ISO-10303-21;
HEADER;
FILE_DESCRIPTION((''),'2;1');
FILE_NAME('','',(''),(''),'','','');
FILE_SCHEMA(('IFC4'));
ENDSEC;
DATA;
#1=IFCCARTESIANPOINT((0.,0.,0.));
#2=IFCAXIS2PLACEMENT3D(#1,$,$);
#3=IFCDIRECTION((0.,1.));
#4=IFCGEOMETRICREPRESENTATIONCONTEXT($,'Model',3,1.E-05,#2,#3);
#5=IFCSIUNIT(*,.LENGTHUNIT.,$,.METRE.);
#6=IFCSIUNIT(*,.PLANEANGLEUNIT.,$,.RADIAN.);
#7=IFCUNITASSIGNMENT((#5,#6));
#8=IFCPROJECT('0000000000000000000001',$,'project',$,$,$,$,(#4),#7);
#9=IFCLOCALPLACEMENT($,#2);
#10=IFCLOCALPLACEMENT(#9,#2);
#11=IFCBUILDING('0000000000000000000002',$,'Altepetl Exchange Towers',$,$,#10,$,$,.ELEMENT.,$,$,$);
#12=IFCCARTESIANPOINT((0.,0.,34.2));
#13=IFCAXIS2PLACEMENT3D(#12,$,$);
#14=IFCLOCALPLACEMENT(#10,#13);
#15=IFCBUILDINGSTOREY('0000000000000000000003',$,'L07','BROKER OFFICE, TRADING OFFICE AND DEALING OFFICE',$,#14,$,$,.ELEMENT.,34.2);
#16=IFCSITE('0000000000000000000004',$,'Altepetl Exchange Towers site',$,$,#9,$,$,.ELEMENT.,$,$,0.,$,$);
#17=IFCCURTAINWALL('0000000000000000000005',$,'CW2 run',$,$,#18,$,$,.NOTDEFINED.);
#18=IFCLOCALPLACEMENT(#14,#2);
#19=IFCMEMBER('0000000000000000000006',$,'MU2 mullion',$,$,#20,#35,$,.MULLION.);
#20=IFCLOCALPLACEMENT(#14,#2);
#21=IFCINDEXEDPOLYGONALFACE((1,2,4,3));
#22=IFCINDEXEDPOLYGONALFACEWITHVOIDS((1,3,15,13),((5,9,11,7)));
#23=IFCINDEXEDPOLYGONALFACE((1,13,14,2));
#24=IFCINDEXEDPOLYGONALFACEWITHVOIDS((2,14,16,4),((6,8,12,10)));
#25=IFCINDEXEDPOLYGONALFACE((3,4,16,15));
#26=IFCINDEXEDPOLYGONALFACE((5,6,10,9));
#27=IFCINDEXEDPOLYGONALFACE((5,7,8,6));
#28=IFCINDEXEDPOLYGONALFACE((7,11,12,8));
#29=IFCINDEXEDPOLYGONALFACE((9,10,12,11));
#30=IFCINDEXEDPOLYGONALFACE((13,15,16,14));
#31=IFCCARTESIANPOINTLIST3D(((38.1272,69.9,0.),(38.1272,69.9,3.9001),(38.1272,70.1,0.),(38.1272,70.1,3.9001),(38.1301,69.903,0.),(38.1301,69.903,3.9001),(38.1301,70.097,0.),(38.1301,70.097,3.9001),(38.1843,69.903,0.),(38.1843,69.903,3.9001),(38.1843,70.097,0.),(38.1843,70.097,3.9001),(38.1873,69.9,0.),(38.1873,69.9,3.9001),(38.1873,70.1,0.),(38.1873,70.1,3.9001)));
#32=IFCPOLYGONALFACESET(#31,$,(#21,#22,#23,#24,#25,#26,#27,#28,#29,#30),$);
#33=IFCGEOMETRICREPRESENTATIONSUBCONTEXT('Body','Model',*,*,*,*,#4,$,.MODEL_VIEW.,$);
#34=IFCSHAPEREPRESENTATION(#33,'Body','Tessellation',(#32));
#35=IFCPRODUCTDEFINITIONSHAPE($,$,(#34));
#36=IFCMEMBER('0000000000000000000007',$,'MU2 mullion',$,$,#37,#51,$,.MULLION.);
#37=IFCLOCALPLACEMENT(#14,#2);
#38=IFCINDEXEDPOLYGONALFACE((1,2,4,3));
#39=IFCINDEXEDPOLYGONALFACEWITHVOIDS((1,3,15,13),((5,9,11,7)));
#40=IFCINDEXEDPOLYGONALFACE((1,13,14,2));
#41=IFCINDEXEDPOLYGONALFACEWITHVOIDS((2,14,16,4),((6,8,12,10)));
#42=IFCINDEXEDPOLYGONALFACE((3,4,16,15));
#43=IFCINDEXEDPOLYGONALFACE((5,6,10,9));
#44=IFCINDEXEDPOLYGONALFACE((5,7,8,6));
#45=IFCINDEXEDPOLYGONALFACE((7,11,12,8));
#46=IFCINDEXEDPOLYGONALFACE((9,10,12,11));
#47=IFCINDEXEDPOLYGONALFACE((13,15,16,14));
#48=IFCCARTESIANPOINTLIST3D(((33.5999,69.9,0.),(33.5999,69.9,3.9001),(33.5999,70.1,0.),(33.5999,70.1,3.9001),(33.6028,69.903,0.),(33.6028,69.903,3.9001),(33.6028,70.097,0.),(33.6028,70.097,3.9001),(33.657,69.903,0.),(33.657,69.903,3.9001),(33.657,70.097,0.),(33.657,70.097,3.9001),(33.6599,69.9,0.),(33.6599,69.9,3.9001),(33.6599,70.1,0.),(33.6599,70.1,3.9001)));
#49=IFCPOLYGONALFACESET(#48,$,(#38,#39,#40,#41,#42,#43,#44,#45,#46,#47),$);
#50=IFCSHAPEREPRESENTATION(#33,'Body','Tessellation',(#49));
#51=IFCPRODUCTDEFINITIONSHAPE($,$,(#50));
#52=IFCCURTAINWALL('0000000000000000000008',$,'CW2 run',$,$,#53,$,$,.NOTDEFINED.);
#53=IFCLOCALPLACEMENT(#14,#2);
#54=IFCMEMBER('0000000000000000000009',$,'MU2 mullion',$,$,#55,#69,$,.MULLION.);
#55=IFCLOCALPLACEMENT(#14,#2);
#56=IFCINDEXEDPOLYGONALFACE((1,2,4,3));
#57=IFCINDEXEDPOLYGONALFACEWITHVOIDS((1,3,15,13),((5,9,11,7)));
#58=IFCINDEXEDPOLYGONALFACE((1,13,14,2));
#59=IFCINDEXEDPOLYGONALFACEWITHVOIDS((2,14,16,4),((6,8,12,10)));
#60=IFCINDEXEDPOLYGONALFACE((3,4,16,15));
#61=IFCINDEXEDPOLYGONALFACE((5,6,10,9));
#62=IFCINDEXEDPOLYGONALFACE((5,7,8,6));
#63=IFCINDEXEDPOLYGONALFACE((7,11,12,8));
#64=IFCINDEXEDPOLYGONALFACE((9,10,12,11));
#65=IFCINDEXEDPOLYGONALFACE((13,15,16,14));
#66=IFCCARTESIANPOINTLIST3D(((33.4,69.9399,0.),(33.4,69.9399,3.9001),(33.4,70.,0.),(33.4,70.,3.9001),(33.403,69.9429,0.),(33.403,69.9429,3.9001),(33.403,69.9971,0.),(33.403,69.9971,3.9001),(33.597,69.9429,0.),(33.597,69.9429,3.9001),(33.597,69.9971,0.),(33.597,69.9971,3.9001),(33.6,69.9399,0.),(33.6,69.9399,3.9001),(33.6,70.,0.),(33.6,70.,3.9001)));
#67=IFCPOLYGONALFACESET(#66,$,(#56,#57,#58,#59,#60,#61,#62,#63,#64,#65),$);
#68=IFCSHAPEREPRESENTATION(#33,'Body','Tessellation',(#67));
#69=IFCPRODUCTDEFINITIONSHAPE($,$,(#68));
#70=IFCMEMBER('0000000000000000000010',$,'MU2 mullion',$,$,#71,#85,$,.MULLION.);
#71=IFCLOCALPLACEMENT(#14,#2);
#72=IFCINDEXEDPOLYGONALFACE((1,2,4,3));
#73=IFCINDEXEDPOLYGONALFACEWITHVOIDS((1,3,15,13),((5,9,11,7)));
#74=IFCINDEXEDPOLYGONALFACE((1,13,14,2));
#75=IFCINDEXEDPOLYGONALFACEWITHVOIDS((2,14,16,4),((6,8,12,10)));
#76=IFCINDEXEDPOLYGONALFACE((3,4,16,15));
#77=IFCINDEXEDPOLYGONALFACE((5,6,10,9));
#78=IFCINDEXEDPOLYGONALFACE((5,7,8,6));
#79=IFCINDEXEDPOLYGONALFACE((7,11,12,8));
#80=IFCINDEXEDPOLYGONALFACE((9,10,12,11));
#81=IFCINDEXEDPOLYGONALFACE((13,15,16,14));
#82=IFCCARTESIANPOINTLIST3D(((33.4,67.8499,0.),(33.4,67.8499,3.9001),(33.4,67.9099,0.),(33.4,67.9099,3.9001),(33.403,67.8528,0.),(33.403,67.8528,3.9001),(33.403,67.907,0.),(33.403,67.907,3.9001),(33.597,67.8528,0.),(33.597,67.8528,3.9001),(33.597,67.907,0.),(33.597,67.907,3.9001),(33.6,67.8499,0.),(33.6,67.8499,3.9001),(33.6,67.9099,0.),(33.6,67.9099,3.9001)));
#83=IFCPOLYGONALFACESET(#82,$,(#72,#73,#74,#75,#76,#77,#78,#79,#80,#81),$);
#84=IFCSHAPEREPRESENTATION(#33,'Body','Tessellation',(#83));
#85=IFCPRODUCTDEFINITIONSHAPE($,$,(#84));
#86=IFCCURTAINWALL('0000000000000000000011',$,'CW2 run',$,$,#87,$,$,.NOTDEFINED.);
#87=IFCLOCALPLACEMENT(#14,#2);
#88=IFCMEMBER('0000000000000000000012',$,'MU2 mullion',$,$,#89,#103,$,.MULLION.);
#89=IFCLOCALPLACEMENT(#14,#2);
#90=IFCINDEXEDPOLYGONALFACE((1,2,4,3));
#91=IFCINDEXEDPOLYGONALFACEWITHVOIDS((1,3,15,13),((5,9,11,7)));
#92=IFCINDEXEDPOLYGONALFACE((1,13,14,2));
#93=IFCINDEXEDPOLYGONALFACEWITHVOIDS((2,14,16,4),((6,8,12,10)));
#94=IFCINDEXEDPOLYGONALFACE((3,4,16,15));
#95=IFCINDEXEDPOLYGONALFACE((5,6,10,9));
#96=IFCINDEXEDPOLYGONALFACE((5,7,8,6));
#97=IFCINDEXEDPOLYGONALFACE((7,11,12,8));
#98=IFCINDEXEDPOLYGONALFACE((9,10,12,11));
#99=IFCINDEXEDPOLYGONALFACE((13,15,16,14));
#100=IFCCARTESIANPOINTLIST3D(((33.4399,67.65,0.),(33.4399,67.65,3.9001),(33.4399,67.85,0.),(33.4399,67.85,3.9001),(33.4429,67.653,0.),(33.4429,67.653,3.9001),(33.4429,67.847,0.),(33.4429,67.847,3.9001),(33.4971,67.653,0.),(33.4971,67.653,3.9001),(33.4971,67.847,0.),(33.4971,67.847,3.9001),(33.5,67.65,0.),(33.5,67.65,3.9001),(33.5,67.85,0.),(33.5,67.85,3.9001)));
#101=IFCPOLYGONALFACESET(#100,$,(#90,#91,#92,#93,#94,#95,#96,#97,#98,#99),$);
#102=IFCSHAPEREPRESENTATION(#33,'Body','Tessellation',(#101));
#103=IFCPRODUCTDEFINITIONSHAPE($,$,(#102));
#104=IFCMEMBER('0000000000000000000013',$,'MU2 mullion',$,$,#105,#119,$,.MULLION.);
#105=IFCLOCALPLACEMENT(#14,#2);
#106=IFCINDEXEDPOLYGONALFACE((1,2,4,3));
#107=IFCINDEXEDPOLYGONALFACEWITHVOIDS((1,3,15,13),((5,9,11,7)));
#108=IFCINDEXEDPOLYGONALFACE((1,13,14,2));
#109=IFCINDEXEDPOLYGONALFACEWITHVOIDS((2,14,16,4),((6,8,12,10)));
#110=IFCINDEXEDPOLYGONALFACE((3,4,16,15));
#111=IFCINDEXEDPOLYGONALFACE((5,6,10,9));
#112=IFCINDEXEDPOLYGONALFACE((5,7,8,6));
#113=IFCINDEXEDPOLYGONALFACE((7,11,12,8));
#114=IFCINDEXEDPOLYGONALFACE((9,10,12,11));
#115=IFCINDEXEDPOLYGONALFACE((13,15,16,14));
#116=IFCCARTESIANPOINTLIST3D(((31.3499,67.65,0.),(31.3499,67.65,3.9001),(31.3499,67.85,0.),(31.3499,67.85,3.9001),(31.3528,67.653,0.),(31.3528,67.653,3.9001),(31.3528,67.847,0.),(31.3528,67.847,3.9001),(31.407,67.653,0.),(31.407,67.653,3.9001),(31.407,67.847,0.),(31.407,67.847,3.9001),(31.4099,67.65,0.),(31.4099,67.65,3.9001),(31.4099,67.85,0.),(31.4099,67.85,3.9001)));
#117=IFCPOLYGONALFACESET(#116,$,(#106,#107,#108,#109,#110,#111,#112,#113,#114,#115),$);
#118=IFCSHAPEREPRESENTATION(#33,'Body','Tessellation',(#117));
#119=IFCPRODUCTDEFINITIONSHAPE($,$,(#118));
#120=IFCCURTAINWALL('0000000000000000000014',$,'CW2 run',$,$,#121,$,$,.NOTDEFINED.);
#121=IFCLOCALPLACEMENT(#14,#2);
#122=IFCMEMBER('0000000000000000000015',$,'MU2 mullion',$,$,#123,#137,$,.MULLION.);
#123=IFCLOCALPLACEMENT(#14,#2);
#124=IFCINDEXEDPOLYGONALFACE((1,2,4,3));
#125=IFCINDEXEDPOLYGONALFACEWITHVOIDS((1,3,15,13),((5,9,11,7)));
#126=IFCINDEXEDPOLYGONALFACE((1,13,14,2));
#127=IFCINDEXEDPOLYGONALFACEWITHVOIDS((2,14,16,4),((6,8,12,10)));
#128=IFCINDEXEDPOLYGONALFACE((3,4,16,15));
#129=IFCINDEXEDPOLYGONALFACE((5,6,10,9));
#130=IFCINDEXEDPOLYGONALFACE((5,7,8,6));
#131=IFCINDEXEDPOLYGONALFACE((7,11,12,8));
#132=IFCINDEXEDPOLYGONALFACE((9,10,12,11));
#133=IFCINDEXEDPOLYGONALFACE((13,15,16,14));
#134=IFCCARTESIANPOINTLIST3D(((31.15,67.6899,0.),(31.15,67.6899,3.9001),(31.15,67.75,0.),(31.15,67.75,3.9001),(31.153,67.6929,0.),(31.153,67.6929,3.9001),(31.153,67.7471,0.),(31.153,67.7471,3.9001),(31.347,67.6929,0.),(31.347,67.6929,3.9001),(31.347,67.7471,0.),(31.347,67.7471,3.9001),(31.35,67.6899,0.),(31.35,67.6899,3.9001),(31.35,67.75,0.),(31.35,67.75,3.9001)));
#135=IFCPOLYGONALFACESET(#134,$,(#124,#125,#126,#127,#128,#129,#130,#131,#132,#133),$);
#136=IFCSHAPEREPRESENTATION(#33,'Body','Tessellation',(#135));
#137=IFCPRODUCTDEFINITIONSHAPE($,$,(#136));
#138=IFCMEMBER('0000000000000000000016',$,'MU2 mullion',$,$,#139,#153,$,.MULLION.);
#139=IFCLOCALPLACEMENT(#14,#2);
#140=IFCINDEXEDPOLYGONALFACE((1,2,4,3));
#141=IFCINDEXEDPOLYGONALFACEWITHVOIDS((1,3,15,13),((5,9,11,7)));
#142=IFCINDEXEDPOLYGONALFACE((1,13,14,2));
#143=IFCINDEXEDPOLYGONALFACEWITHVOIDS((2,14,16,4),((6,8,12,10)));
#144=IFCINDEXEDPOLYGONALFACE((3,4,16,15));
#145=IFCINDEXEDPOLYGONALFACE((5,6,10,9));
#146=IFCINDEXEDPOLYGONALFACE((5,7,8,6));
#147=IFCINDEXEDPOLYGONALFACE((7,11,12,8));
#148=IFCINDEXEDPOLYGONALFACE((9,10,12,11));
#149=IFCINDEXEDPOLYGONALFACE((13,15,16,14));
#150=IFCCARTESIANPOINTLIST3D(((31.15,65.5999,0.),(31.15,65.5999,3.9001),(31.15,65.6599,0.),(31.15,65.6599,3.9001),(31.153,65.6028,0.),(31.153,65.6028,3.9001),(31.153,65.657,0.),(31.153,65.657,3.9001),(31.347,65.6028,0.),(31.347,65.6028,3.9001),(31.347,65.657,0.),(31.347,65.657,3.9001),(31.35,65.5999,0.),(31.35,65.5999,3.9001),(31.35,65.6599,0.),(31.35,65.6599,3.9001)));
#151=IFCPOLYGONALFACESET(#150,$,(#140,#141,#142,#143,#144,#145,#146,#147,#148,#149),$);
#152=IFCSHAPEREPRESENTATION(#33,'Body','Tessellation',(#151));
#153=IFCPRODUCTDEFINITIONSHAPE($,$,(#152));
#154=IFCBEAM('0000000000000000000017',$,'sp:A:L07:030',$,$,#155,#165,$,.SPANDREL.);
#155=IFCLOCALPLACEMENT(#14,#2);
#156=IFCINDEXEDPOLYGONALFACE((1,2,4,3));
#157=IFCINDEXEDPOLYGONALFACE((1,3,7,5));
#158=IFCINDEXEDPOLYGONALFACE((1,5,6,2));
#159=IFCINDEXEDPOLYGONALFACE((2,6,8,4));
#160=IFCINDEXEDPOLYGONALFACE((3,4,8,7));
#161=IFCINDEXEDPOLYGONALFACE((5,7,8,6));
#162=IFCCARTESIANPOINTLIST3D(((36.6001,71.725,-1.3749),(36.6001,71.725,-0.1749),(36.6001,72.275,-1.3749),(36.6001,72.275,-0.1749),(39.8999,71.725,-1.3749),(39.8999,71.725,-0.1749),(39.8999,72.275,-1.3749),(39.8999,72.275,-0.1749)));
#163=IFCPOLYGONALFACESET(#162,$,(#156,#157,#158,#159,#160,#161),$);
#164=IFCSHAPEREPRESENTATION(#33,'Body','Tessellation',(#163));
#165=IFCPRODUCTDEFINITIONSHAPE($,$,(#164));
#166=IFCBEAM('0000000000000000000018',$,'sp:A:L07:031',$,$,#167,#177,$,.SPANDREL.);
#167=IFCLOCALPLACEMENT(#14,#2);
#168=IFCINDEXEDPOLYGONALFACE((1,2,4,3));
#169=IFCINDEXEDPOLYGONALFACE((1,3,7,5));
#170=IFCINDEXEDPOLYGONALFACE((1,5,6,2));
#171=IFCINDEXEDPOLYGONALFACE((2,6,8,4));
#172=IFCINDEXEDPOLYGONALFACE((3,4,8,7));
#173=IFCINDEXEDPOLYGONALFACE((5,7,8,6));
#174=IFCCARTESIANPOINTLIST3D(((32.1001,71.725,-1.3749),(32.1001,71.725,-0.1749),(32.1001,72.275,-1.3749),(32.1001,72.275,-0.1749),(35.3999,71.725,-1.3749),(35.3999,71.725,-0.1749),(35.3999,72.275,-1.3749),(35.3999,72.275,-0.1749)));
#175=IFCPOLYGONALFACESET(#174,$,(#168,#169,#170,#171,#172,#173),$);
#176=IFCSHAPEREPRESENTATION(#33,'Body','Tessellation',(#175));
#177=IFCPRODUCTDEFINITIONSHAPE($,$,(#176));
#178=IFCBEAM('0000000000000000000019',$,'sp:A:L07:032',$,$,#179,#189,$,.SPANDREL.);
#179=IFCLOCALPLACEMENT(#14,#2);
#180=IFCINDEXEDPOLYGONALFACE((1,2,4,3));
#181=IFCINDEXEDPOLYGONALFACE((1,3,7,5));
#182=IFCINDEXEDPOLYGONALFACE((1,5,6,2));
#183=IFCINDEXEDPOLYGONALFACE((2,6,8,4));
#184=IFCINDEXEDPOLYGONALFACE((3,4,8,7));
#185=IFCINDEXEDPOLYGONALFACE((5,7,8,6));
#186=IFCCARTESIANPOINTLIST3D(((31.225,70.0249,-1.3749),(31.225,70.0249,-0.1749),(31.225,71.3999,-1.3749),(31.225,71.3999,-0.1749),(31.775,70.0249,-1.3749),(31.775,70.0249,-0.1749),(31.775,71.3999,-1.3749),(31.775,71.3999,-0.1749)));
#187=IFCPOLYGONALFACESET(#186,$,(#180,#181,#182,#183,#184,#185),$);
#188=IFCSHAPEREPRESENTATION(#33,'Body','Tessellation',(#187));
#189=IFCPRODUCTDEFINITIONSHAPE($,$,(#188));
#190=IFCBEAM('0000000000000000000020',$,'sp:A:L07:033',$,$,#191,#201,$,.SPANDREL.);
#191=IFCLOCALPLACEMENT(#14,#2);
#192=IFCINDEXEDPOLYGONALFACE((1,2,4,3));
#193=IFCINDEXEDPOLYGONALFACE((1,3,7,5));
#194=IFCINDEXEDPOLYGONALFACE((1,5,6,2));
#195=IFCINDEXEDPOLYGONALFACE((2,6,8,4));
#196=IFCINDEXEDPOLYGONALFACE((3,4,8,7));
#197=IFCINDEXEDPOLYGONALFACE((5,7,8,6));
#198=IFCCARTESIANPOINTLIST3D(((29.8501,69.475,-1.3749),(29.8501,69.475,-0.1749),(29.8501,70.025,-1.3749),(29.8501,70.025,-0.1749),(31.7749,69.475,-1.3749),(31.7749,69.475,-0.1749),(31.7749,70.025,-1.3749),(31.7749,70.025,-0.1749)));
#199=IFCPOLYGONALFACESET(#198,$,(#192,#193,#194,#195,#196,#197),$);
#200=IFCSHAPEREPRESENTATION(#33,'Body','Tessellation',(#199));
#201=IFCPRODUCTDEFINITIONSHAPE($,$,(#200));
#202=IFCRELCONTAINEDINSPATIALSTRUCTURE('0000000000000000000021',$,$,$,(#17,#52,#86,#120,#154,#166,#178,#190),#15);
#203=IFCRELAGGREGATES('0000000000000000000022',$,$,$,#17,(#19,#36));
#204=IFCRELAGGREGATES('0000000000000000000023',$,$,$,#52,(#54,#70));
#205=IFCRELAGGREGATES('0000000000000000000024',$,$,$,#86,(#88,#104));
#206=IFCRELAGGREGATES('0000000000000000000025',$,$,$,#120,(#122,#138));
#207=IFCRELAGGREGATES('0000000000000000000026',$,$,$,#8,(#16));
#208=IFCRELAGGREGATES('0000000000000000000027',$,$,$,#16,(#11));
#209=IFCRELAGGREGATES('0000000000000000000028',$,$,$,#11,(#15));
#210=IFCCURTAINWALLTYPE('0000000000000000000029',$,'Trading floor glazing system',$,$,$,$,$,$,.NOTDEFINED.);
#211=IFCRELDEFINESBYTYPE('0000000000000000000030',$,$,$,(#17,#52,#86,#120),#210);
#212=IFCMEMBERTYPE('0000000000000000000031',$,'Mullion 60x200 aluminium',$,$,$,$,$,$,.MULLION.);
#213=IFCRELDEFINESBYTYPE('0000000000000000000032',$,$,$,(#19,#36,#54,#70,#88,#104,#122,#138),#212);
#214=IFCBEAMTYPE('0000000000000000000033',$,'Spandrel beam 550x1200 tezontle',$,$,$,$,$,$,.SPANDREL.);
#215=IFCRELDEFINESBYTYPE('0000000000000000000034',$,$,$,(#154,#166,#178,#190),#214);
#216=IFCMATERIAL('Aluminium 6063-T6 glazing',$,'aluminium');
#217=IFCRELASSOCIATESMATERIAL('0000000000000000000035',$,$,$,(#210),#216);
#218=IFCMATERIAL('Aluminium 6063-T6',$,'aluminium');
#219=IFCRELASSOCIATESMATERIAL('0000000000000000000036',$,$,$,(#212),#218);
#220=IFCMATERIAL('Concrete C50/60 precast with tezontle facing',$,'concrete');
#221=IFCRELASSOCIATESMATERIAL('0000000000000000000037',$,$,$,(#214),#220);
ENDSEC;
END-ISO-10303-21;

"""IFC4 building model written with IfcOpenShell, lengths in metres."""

from ifc_helpers import new_model, si_unit, direction, frame, origin, origin_2d, place, context, subcontext, project, spatial, rectangle, hollow_rectangle, extrude, material, material_profile, profile_set, type_object, element, aggregate, save


model = new_model("IFC4")

# Units and contexts
model_context = context("Model", 3, precision=1e-05, world=origin(), true_north=direction((0.0, 1.0)))
body_context = subcontext(model_context, "Body", "Model", "MODEL_VIEW")
ifc_project = project(units=[si_unit("LENGTHUNIT", "METRE"), si_unit("PLANEANGLEUNIT", "RADIAN")], contexts=[model_context])

# Site, building, storey
site_placement = place(None, origin())
site = spatial("IfcSite", under=ifc_project, at=site_placement, Name="Altepetl Exchange Towers site", CompositionType="ELEMENT", RefElevation=0.0)
building_placement = place(site_placement, origin())
building = spatial("IfcBuilding", under=site, at=building_placement, Name="Altepetl Exchange Towers", CompositionType="ELEMENT")
storey_placement = place(building_placement, frame((0.0, 0.0, 34.2)))
storey = spatial("IfcBuildingStorey", under=building, at=storey_placement, Name="L07", Description="BROKER OFFICE, TRADING OFFICE AND DEALING OFFICE", CompositionType="ELEMENT", Elevation=34.2)

# Curtain walls, members
ifc_material_1 = material(Name="Aluminium 6063-T6 glazing", Category="aluminium")
curtain_wall_type = type_object("IfcCurtainWallType", Name="Trading floor glazing system", PredefinedType="NOTDEFINED", material=ifc_material_1)
ifc_material_2 = material(Name="Aluminium 6063-T6", Category="aluminium")
ifc_material_profile_1 = material_profile(ifc_material_2, hollow_rectangle(XDim=0.0601, YDim=0.2, WallThickness=0.0029, at=origin_2d()), Name="Mullion 60x200 aluminium")
ifc_profile_set_1 = profile_set([ifc_material_profile_1], Name="Aluminium 6063-T6")
member_type = type_object("IfcMemberType", Name="Mullion 60x200 aluminium", PredefinedType="MULLION", material=ifc_profile_set_1)
curtain_wall_1_placement = place(storey_placement, origin())
curtain_wall_1 = element("IfcCurtainWall", 1, at=curtain_wall_1_placement, inside=storey, type_object=curtain_wall_type, Name="CW2 run", PredefinedType="NOTDEFINED")
member_1_placement = place(storey_placement, frame((38.1572, 70.0, 0.0), z_axis=(0.0, 0.0, 1.0), x_axis=(-1.0, 0.0, 0.0)))
member_1 = element("IfcMember", 2, at=member_1_placement, type_object=member_type, Name="MU2 mullion", PredefinedType="MULLION", context=body_context, shape_type="SweptSolid", body=[
    extrude(hollow_rectangle(XDim=0.0601, YDim=0.2, WallThickness=0.0029, at=origin_2d()), origin(), (0.0, 0.0, 1.0), 3.9001),
])
member_2_placement = place(storey_placement, frame((33.6299, 70.0, 0.0), z_axis=(0.0, 0.0, 1.0), x_axis=(-1.0, 0.0, 0.0)))
member_2 = element("IfcMember", 3, at=member_2_placement, type_object=member_type, Name="MU2 mullion", PredefinedType="MULLION", context=body_context, shape_type="SweptSolid", body=[
    extrude(hollow_rectangle(XDim=0.0601, YDim=0.2, WallThickness=0.0029, at=origin_2d()), origin(), (0.0, 0.0, 1.0), 3.9001),
])
curtain_wall_2_placement = place(storey_placement, origin())
curtain_wall_2 = element("IfcCurtainWall", 4, at=curtain_wall_2_placement, inside=storey, type_object=curtain_wall_type, Name="CW2 run", PredefinedType="NOTDEFINED")
member_3_placement = place(storey_placement, frame((33.5, 69.97, 0.0), z_axis=(0.0, 0.0, 1.0), x_axis=(0.0, -1.0, 0.0)))
member_3 = element("IfcMember", 5, at=member_3_placement, type_object=member_type, Name="MU2 mullion", PredefinedType="MULLION", context=body_context, shape_type="SweptSolid", body=[
    extrude(hollow_rectangle(XDim=0.0601, YDim=0.2, WallThickness=0.0029, at=origin_2d()), origin(), (0.0, 0.0, 1.0), 3.9001),
])
member_4_placement = place(storey_placement, frame((33.5, 67.8799, 0.0), z_axis=(0.0, 0.0, 1.0), x_axis=(0.0, -1.0, 0.0)))
member_4 = element("IfcMember", 6, at=member_4_placement, type_object=member_type, Name="MU2 mullion", PredefinedType="MULLION", context=body_context, shape_type="SweptSolid", body=[
    extrude(hollow_rectangle(XDim=0.0601, YDim=0.2, WallThickness=0.0029, at=origin_2d()), origin(), (0.0, 0.0, 1.0), 3.9001),
])
curtain_wall_3_placement = place(storey_placement, origin())
curtain_wall_3 = element("IfcCurtainWall", 7, at=curtain_wall_3_placement, inside=storey, type_object=curtain_wall_type, Name="CW2 run", PredefinedType="NOTDEFINED")
member_5_placement = place(storey_placement, frame((33.47, 67.75, 0.0), z_axis=(0.0, 0.0, 1.0), x_axis=(-1.0, 0.0, 0.0)))
member_5 = element("IfcMember", 8, at=member_5_placement, type_object=member_type, Name="MU2 mullion", PredefinedType="MULLION", context=body_context, shape_type="SweptSolid", body=[
    extrude(hollow_rectangle(XDim=0.0601, YDim=0.2, WallThickness=0.0029, at=origin_2d()), origin(), (0.0, 0.0, 1.0), 3.9001),
])
member_6_placement = place(storey_placement, frame((31.3799, 67.75, 0.0), z_axis=(0.0, 0.0, 1.0), x_axis=(-1.0, 0.0, 0.0)))
member_6 = element("IfcMember", 9, at=member_6_placement, type_object=member_type, Name="MU2 mullion", PredefinedType="MULLION", context=body_context, shape_type="SweptSolid", body=[
    extrude(hollow_rectangle(XDim=0.0601, YDim=0.2, WallThickness=0.0029, at=origin_2d()), origin(), (0.0, 0.0, 1.0), 3.9001),
])
curtain_wall_4_placement = place(storey_placement, origin())
curtain_wall_4 = element("IfcCurtainWall", 10, at=curtain_wall_4_placement, inside=storey, type_object=curtain_wall_type, Name="CW2 run", PredefinedType="NOTDEFINED")
member_7_placement = place(storey_placement, frame((31.25, 67.72, 0.0), z_axis=(0.0, 0.0, 1.0), x_axis=(0.0, -1.0, 0.0)))
member_7 = element("IfcMember", 11, at=member_7_placement, type_object=member_type, Name="MU2 mullion", PredefinedType="MULLION", context=body_context, shape_type="SweptSolid", body=[
    extrude(hollow_rectangle(XDim=0.0601, YDim=0.2, WallThickness=0.0029, at=origin_2d()), origin(), (0.0, 0.0, 1.0), 3.9001),
])
member_8_placement = place(storey_placement, frame((31.25, 65.6299, 0.0), z_axis=(0.0, 0.0, 1.0), x_axis=(0.0, -1.0, 0.0)))
member_8 = element("IfcMember", 12, at=member_8_placement, type_object=member_type, Name="MU2 mullion", PredefinedType="MULLION", context=body_context, shape_type="SweptSolid", body=[
    extrude(hollow_rectangle(XDim=0.0601, YDim=0.2, WallThickness=0.0029, at=origin_2d()), origin(), (0.0, 0.0, 1.0), 3.9001),
])

# Beams
ifc_material_3 = material(Name="Concrete C50/60 precast with tezontle facing", Category="concrete")
ifc_material_profile_2 = material_profile(ifc_material_3, rectangle(XDim=0.55, YDim=1.2, at=origin_2d()), Name="550 x 1200")
ifc_profile_set_2 = profile_set([ifc_material_profile_2], Name="Concrete C50/60 precast with tezontle facing")
beam_type_1 = type_object("IfcBeamType", Name="Spandrel beam 550x1200 tezontle", PredefinedType="SPANDREL", material=ifc_profile_set_2)
for number, where, z_axis, x_axis, name in (
    (13, (39.8999, 72.0, -0.7749), (-1.0, 0.0, 0.0), (0.0, -1.0, 0.0), "sp:A:L07:030"),
    (14, (35.3999, 72.0, -0.7749), (-1.0, 0.0, 0.0), (0.0, -1.0, 0.0), "sp:A:L07:031"),
):
    element("IfcBeam", number, at=place(storey_placement, frame(where, z_axis=z_axis, x_axis=x_axis)), inside=storey, type_object=beam_type_1, Name=name, PredefinedType="SPANDREL", context=body_context, shape_type="SweptSolid", body=[
        extrude(rectangle(XDim=0.55, YDim=1.2, at=origin_2d()), origin(), (0.0, 0.0, 1.0), 3.2998),
    ])
beam_1_placement = place(storey_placement, frame((31.5, 71.3999, -0.7749), z_axis=(0.0, -1.0, 0.0), x_axis=(1.0, 0.0, 0.0)))
element("IfcBeam", 15, at=beam_1_placement, inside=storey, type_object=beam_type_1, Name="sp:A:L07:032", PredefinedType="SPANDREL", context=body_context, shape_type="SweptSolid", body=[
    extrude(rectangle(XDim=0.55, YDim=1.2, at=origin_2d()), origin(), (0.0, 0.0, 1.0), 1.375),
])
beam_2_placement = place(storey_placement, frame((31.7749, 69.75, -0.7749), z_axis=(-1.0, 0.0, 0.0), x_axis=(0.0, -1.0, 0.0)))
element("IfcBeam", 16, at=beam_2_placement, inside=storey, type_object=beam_type_1, Name="sp:A:L07:033", PredefinedType="SPANDREL", context=body_context, shape_type="SweptSolid", body=[
    extrude(rectangle(XDim=0.55, YDim=1.2, at=origin_2d()), origin(), (0.0, 0.0, 1.0), 1.9248),
])

aggregate(curtain_wall_1, [member_1, member_2])
aggregate(curtain_wall_2, [member_3, member_4])
aggregate(curtain_wall_3, [member_5, member_6])
aggregate(curtain_wall_4, [member_7, member_8])

save(model, "model.ifc")
